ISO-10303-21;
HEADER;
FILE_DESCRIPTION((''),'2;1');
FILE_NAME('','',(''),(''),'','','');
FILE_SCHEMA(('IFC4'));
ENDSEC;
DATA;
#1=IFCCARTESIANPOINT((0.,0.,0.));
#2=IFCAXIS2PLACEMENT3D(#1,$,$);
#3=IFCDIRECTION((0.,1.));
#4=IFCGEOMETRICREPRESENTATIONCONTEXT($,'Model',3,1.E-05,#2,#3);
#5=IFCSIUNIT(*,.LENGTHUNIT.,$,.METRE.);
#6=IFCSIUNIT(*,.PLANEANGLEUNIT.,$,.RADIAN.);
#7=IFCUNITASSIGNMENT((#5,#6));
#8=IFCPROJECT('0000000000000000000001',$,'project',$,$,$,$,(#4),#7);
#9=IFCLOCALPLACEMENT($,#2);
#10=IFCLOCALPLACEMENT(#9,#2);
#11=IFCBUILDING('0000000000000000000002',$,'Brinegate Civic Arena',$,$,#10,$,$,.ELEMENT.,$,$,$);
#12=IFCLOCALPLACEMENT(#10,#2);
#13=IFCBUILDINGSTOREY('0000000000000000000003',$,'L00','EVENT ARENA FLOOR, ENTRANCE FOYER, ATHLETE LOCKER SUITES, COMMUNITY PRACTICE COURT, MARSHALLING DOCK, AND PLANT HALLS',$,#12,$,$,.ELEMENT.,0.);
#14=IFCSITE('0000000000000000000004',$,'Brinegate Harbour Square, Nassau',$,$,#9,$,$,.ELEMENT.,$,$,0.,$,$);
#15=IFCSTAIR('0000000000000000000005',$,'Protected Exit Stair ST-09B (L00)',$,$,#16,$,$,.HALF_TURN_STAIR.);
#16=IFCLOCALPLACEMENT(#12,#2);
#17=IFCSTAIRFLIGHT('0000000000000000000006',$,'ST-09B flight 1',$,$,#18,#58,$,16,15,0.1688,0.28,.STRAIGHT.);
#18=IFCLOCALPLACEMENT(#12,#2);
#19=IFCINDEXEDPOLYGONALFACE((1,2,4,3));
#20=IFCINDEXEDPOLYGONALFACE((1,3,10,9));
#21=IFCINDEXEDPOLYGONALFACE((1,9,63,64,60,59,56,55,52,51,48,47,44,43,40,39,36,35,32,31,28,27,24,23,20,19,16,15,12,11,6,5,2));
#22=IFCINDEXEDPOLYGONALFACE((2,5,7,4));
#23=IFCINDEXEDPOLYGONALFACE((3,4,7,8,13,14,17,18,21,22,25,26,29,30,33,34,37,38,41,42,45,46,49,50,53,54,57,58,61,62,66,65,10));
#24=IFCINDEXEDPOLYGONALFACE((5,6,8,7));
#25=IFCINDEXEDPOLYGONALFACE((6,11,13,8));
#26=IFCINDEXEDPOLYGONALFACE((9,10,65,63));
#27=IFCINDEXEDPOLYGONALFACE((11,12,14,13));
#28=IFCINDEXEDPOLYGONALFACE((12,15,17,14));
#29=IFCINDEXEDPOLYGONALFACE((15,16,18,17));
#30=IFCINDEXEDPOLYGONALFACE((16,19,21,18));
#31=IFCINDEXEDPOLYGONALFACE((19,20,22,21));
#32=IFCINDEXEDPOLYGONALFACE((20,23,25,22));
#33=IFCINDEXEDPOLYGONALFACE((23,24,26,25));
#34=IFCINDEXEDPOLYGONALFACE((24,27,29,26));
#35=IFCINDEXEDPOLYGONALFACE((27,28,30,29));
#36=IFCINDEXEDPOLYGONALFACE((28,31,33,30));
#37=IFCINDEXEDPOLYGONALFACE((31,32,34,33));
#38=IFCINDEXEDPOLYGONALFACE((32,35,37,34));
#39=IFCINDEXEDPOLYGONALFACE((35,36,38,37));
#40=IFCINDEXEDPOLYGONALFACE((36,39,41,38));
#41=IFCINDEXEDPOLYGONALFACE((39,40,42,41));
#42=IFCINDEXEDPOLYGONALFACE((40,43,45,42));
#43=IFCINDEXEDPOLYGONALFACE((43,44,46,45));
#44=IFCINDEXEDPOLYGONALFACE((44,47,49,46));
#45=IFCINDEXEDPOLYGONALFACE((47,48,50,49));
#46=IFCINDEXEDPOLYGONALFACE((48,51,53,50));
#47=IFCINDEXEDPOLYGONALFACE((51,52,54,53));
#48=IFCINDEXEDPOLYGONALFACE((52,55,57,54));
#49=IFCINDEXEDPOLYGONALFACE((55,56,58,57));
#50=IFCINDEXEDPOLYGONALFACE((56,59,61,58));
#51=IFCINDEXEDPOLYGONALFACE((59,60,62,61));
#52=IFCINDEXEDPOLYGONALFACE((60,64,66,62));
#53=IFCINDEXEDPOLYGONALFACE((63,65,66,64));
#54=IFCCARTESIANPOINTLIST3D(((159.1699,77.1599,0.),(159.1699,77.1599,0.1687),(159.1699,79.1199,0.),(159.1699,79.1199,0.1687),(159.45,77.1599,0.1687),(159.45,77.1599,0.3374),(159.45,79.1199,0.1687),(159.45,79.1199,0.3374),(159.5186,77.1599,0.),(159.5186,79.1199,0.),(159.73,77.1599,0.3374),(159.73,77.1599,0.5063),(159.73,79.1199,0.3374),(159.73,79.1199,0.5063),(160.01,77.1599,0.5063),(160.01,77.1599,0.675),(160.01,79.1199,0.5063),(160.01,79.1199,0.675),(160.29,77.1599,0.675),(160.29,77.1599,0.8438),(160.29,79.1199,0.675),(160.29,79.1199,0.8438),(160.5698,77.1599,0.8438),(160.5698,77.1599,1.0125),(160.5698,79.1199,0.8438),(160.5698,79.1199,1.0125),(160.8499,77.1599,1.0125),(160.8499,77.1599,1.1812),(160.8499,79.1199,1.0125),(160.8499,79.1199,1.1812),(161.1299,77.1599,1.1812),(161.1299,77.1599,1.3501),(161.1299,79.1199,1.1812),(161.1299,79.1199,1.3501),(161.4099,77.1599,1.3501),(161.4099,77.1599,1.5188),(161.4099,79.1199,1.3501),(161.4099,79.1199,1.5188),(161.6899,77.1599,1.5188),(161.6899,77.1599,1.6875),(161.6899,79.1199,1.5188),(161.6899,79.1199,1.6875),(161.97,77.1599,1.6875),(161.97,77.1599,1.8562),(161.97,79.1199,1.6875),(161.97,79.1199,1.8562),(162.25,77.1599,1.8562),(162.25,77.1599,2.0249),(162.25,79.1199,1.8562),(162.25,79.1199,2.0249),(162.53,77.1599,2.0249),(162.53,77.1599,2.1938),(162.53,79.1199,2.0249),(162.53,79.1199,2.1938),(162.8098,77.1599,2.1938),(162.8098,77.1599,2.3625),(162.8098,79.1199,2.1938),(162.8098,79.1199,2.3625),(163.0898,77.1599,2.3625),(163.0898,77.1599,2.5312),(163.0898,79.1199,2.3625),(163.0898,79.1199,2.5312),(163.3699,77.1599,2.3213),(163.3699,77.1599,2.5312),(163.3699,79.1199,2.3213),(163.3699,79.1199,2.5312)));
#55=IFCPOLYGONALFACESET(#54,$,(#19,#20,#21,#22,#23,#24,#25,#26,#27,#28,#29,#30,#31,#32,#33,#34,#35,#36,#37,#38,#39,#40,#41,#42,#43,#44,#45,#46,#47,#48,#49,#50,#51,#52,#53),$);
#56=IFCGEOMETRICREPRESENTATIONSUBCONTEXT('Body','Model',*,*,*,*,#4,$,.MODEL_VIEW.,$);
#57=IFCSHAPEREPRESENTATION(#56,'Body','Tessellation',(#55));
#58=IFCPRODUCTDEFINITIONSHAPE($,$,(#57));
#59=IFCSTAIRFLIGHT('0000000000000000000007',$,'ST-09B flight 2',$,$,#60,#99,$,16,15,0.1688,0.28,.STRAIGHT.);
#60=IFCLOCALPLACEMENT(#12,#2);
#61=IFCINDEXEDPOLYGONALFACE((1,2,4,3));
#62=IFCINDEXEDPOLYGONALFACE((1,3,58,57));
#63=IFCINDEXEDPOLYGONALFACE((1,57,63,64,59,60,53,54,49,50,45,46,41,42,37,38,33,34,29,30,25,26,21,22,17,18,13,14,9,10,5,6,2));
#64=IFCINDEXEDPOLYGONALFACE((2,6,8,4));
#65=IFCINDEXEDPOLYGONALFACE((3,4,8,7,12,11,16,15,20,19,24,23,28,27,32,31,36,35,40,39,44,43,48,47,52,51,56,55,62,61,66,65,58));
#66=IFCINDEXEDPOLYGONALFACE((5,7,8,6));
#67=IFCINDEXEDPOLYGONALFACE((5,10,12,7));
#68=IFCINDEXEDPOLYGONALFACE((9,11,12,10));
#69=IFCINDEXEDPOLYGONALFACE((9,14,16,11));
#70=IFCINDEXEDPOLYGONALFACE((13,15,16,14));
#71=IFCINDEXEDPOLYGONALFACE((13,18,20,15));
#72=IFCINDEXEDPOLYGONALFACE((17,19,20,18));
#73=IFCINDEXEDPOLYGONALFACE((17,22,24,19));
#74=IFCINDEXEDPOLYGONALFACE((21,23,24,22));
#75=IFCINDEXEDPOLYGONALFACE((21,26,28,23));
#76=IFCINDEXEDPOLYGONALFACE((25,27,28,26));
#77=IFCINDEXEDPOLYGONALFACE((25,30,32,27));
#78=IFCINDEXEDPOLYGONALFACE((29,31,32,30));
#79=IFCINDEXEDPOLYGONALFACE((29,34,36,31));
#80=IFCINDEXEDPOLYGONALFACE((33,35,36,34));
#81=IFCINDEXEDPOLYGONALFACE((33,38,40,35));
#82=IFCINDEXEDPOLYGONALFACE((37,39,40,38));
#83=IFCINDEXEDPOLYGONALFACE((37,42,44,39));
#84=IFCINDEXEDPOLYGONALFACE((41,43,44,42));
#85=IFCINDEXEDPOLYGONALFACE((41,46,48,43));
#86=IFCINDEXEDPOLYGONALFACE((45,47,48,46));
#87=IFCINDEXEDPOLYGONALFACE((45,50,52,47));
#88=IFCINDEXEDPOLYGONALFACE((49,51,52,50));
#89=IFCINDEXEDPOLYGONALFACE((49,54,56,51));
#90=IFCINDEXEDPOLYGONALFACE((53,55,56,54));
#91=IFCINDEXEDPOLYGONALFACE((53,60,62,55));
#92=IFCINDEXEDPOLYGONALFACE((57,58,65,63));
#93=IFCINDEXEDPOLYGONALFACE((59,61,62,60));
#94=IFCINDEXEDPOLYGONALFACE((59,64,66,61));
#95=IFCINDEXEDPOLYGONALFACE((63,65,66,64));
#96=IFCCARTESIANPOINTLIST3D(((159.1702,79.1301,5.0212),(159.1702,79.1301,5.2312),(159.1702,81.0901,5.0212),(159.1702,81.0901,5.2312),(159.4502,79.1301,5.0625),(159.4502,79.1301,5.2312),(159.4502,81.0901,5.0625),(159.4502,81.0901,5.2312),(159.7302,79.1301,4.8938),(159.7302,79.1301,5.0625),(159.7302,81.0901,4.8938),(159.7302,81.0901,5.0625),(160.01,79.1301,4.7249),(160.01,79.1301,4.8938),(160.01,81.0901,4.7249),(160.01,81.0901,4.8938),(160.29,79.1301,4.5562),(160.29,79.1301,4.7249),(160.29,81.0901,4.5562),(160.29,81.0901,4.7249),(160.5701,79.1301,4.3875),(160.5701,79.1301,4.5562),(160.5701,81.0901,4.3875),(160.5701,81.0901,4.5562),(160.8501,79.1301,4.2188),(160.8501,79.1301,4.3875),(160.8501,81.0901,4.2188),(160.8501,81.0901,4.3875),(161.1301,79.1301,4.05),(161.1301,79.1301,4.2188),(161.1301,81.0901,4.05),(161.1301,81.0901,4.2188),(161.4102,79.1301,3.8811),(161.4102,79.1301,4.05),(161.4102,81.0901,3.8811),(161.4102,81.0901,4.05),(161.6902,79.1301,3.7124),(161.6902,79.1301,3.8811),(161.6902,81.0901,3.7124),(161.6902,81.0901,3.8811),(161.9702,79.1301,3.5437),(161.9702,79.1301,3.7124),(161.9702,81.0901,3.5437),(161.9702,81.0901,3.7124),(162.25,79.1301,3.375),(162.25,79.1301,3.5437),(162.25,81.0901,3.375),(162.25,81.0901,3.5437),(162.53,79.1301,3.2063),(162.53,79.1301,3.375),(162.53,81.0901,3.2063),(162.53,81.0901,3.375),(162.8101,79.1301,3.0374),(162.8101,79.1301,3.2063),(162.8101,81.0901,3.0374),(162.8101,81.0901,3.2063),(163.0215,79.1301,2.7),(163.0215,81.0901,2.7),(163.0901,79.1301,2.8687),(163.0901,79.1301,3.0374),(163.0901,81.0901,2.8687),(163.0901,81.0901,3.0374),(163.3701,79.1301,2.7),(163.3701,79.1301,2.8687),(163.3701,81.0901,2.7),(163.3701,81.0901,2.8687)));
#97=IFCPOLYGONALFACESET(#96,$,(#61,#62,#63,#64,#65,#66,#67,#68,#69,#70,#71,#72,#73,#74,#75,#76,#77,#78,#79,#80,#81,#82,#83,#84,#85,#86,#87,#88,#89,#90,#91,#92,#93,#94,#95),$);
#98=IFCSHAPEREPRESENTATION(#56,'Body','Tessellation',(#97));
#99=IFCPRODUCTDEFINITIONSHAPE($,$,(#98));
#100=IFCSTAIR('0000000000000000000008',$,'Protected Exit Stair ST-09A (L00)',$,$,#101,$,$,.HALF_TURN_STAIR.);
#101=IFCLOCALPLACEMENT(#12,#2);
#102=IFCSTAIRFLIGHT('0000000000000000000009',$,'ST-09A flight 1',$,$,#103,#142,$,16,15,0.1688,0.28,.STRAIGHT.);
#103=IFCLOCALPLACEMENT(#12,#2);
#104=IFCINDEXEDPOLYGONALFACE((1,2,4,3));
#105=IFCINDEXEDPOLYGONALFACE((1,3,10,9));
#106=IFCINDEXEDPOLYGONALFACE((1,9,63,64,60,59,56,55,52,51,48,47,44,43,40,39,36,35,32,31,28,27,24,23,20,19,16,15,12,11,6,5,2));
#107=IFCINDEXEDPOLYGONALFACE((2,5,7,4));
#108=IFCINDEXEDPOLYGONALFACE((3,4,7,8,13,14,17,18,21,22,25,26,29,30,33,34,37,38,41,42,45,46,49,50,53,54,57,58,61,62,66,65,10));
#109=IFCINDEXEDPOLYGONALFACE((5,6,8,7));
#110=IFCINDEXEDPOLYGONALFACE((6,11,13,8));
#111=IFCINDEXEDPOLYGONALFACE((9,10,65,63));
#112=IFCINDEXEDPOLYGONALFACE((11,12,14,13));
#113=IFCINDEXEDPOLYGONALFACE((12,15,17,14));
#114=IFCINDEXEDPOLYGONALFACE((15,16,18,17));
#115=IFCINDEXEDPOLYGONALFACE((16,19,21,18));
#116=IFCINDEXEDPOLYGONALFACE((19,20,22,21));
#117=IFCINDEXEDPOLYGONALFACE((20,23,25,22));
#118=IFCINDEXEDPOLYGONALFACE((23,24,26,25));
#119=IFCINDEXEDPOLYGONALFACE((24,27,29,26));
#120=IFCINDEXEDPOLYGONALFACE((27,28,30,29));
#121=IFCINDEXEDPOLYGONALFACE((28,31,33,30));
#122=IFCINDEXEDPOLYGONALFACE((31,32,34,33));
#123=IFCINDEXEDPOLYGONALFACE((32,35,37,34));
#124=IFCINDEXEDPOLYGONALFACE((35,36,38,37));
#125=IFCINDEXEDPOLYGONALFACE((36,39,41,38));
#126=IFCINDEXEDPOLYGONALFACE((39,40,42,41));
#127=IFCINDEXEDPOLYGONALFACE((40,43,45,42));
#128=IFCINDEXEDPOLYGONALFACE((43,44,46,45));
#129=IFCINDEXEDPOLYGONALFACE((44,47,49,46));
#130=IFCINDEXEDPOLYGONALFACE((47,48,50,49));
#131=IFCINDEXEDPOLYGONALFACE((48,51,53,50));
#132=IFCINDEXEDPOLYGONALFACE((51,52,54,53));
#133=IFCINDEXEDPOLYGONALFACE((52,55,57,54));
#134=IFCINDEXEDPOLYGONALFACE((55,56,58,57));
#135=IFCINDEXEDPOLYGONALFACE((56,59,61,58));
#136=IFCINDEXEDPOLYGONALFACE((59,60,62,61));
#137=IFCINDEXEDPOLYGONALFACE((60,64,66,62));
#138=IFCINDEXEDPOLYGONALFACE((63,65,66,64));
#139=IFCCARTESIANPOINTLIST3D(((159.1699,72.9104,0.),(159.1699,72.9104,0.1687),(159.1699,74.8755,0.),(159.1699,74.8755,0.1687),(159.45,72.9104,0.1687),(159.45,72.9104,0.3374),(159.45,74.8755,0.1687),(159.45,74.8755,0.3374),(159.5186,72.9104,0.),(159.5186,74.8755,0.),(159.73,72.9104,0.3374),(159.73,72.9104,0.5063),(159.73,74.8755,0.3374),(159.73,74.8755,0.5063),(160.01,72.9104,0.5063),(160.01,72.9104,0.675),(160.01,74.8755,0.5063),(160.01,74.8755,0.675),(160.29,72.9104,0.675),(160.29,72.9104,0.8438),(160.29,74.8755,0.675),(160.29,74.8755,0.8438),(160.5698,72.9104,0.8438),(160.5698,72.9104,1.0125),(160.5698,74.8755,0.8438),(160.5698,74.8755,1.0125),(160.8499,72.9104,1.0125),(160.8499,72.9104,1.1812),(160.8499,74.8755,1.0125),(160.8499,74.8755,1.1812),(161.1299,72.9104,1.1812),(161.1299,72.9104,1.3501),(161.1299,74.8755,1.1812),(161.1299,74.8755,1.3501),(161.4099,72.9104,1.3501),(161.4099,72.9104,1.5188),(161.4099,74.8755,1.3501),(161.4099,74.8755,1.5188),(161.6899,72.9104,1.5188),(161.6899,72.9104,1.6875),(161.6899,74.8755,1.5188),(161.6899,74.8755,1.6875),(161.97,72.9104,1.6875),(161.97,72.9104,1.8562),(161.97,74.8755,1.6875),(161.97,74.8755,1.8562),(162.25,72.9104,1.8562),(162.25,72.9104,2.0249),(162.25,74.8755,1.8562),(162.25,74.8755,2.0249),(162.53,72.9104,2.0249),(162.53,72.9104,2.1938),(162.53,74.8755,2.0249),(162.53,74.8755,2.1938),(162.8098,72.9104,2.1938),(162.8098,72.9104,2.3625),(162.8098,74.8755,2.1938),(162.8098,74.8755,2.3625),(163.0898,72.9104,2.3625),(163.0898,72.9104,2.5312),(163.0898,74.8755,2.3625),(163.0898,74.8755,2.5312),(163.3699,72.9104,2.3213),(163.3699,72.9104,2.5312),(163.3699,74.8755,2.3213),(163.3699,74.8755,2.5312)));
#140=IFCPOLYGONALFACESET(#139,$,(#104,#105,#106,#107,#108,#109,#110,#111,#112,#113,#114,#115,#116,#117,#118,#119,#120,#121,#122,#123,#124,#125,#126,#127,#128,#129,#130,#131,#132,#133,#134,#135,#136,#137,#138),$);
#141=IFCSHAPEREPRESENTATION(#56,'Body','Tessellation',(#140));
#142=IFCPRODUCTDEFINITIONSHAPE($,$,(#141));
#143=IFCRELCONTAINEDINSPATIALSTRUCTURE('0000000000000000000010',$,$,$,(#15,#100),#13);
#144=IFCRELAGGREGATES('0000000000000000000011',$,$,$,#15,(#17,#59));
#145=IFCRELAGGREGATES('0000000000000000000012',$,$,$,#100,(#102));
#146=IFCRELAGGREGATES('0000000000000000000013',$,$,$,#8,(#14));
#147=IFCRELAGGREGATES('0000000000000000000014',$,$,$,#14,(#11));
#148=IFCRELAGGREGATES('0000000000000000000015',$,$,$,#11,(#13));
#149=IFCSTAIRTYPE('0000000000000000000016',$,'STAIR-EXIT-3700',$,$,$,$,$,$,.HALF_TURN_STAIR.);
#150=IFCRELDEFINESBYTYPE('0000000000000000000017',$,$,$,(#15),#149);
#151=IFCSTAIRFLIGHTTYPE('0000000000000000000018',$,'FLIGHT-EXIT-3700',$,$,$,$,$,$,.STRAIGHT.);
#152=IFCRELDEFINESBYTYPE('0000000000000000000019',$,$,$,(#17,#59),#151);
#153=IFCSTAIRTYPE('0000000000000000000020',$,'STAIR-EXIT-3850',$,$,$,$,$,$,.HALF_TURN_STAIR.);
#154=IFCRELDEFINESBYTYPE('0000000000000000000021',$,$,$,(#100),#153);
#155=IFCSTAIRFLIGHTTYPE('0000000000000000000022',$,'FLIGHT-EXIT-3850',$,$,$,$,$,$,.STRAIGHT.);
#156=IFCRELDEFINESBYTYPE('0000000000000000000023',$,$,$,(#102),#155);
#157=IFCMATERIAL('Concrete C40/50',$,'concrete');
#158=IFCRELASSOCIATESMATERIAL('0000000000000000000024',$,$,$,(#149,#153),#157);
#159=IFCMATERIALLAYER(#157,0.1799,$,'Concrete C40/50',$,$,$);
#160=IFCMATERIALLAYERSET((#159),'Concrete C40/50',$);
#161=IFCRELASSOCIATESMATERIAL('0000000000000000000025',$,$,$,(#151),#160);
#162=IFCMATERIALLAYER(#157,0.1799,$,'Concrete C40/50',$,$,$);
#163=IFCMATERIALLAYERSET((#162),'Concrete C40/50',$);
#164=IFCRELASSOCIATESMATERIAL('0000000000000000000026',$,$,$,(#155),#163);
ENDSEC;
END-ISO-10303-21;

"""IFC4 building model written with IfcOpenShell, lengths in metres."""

from ifc_helpers import new_model, si_unit, direction, frame, origin, place, context, subcontext, project, spatial, polyline, outline, extrude, material, layer, layer_set, type_object, element, aggregate, save


model = new_model("IFC4")

# Units and contexts
model_context = context("Model", 3, precision=1e-05, world=origin(), true_north=direction((0.0, 1.0)))
body_context = subcontext(model_context, "Body", "Model", "MODEL_VIEW")
ifc_project = project(units=[si_unit("LENGTHUNIT", "METRE"), si_unit("PLANEANGLEUNIT", "RADIAN")], contexts=[model_context])

# Site, building, storey
site_placement = place(None, origin())
site = spatial("IfcSite", under=ifc_project, at=site_placement, Name="Brinegate Harbour Square, Nassau", CompositionType="ELEMENT", RefElevation=0.0)
building_placement = place(site_placement, origin())
building = spatial("IfcBuilding", under=site, at=building_placement, Name="Brinegate Civic Arena", CompositionType="ELEMENT")
storey_placement = place(building_placement, origin())
storey = spatial("IfcBuildingStorey", under=building, at=storey_placement, Name="L00", Description="EVENT ARENA FLOOR, ENTRANCE FOYER, ATHLETE LOCKER SUITES, COMMUNITY PRACTICE COURT, MARSHALLING DOCK, AND PLANT HALLS", CompositionType="ELEMENT", Elevation=0.0)

# Shared definitions
ifc_material_1 = material(Name="Concrete C40/50", Category="concrete")

# Stairs, stair flights
stair_type_1 = type_object("IfcStairType", Name="STAIR-EXIT-3700", PredefinedType="HALF_TURN_STAIR", material=ifc_material_1)
stair_1_placement = place(storey_placement, origin())
stair_1 = element("IfcStair", 1, at=stair_1_placement, inside=storey, type_object=stair_type_1, Name="Protected Exit Stair ST-09B (L00)", PredefinedType="HALF_TURN_STAIR")
ifc_layer_1 = layer(ifc_material_1, 0.1799, Name="Concrete C40/50")
ifc_layer_set_1 = layer_set([ifc_layer_1], Name="Concrete C40/50")
stair_flight_type_1 = type_object("IfcStairFlightType", Name="FLIGHT-EXIT-3700", PredefinedType="STRAIGHT", material=ifc_layer_set_1)
stair_flight_1_placement = place(storey_placement, frame((159.1699, 78.1399, 0.0), z_axis=(0.0, 0.0, 1.0), x_axis=(1.0, 0.0, 0.0)))
stair_flight_1 = element("IfcStairFlight", 2, at=stair_flight_1_placement, type_object=stair_flight_type_1, Name="ST-09B flight 1", NumberOfRisers=16, NumberOfTreads=15, PredefinedType="STRAIGHT", RiserHeight=0.1688, TreadLength=0.28, context=body_context, shape_type="SweptSolid", body=[
    extrude(outline(polyline([(0.0, 0.0), (0.0, 0.1687), (0.28, 0.1687), (0.28, 0.3374), (0.5601, 0.3374), (0.5601, 0.5063), (0.8401, 0.5063), (0.8401, 0.675), (1.1201, 0.675), (1.1201, 0.8438), (1.3999, 0.8438), (1.3999, 1.0125), (1.6799, 1.0125), (1.6799, 1.1812), (1.96, 1.1812), (1.96, 1.3501), (2.24, 1.3501), (2.24, 1.5188), (2.52, 1.5188), (2.52, 1.6875), (2.8, 1.6875), (2.8, 1.8562), (3.0801, 1.8562), (3.0801, 2.0249), (3.3601, 2.0249), (3.3601, 2.1938), (3.6399, 2.1938), (3.6399, 2.3625), (3.9199, 2.3625), (3.9199, 2.5312), (4.2, 2.5312), (4.2, 2.7), (4.2, 2.3213), (0.3486, 0.0), (0.0, 0.0)])), frame((0.0, 0.98, 0.0), z_axis=(0.0, -1.0, 0.0), x_axis=(1.0, 0.0, 0.0)), (0.0, 0.0, 1.0), 1.96),
])
stair_flight_2_placement = place(storey_placement, frame((163.3701, 80.1101, 2.7), z_axis=(0.0, 0.0, 1.0), x_axis=(-1.0, 0.0, 0.0)))
stair_flight_2 = element("IfcStairFlight", 3, at=stair_flight_2_placement, type_object=stair_flight_type_1, Name="ST-09B flight 2", NumberOfRisers=16, NumberOfTreads=15, PredefinedType="STRAIGHT", RiserHeight=0.1688, TreadLength=0.28, context=body_context, shape_type="SweptSolid", body=[
    extrude(outline(polyline([(0.0, 0.0), (0.0, 0.1687), (0.28, 0.1687), (0.28, 0.3374), (0.5601, 0.3374), (0.5601, 0.5063), (0.8401, 0.5063), (0.8401, 0.675), (1.1201, 0.675), (1.1201, 0.8438), (1.3999, 0.8438), (1.3999, 1.0125), (1.6799, 1.0125), (1.6799, 1.1812), (1.96, 1.1812), (1.96, 1.3501), (2.24, 1.3501), (2.24, 1.5188), (2.52, 1.5188), (2.52, 1.6875), (2.8, 1.6875), (2.8, 1.8562), (3.0801, 1.8562), (3.0801, 2.0249), (3.3601, 2.0249), (3.3601, 2.1938), (3.6399, 2.1938), (3.6399, 2.3625), (3.9199, 2.3625), (3.9199, 2.5312), (4.2, 2.5312), (4.2, 2.7), (4.2, 2.3213), (0.3486, 0.0), (0.0, 0.0)])), frame((0.0, 0.98, 0.0), z_axis=(0.0, -1.0, 0.0), x_axis=(1.0, 0.0, 0.0)), (0.0, 0.0, 1.0), 1.96),
])
aggregate(stair_1, [stair_flight_1, stair_flight_2])
stair_type_2 = type_object("IfcStairType", Name="STAIR-EXIT-3850", PredefinedType="HALF_TURN_STAIR", material=ifc_material_1)
stair_2_placement = place(storey_placement, origin())
stair_2 = element("IfcStair", 4, at=stair_2_placement, inside=storey, type_object=stair_type_2, Name="Protected Exit Stair ST-09A (L00)", PredefinedType="HALF_TURN_STAIR")
ifc_layer_2 = layer(ifc_material_1, 0.1799, Name="Concrete C40/50")
ifc_layer_set_2 = layer_set([ifc_layer_2], Name="Concrete C40/50")
stair_flight_type_2 = type_object("IfcStairFlightType", Name="FLIGHT-EXIT-3850", PredefinedType="STRAIGHT", material=ifc_layer_set_2)
stair_flight_3_placement = place(storey_placement, frame((159.1699, 73.8931, 0.0), z_axis=(0.0, 0.0, 1.0), x_axis=(1.0, 0.0, 0.0)))
stair_flight_3 = element("IfcStairFlight", 5, at=stair_flight_3_placement, type_object=stair_flight_type_2, Name="ST-09A flight 1", NumberOfRisers=16, NumberOfTreads=15, PredefinedType="STRAIGHT", RiserHeight=0.1688, TreadLength=0.28, context=body_context, shape_type="SweptSolid", body=[
    extrude(outline(polyline([(0.0, 0.0), (0.0, 0.1687), (0.28, 0.1687), (0.28, 0.3374), (0.5601, 0.3374), (0.5601, 0.5063), (0.8401, 0.5063), (0.8401, 0.675), (1.1201, 0.675), (1.1201, 0.8438), (1.3999, 0.8438), (1.3999, 1.0125), (1.6799, 1.0125), (1.6799, 1.1812), (1.96, 1.1812), (1.96, 1.3501), (2.24, 1.3501), (2.24, 1.5188), (2.52, 1.5188), (2.52, 1.6875), (2.8, 1.6875), (2.8, 1.8562), (3.0801, 1.8562), (3.0801, 2.0249), (3.3601, 2.0249), (3.3601, 2.1938), (3.6399, 2.1938), (3.6399, 2.3625), (3.9199, 2.3625), (3.9199, 2.5312), (4.2, 2.5312), (4.2, 2.7), (4.2, 2.3213), (0.3486, 0.0), (0.0, 0.0)])), frame((0.0, 0.9824, 0.0), z_axis=(0.0, -1.0, 0.0), x_axis=(1.0, 0.0, 0.0)), (0.0, 0.0, 1.0), 1.9651),
])
aggregate(stair_2, [stair_flight_3])

save(model, "model.ifc")
